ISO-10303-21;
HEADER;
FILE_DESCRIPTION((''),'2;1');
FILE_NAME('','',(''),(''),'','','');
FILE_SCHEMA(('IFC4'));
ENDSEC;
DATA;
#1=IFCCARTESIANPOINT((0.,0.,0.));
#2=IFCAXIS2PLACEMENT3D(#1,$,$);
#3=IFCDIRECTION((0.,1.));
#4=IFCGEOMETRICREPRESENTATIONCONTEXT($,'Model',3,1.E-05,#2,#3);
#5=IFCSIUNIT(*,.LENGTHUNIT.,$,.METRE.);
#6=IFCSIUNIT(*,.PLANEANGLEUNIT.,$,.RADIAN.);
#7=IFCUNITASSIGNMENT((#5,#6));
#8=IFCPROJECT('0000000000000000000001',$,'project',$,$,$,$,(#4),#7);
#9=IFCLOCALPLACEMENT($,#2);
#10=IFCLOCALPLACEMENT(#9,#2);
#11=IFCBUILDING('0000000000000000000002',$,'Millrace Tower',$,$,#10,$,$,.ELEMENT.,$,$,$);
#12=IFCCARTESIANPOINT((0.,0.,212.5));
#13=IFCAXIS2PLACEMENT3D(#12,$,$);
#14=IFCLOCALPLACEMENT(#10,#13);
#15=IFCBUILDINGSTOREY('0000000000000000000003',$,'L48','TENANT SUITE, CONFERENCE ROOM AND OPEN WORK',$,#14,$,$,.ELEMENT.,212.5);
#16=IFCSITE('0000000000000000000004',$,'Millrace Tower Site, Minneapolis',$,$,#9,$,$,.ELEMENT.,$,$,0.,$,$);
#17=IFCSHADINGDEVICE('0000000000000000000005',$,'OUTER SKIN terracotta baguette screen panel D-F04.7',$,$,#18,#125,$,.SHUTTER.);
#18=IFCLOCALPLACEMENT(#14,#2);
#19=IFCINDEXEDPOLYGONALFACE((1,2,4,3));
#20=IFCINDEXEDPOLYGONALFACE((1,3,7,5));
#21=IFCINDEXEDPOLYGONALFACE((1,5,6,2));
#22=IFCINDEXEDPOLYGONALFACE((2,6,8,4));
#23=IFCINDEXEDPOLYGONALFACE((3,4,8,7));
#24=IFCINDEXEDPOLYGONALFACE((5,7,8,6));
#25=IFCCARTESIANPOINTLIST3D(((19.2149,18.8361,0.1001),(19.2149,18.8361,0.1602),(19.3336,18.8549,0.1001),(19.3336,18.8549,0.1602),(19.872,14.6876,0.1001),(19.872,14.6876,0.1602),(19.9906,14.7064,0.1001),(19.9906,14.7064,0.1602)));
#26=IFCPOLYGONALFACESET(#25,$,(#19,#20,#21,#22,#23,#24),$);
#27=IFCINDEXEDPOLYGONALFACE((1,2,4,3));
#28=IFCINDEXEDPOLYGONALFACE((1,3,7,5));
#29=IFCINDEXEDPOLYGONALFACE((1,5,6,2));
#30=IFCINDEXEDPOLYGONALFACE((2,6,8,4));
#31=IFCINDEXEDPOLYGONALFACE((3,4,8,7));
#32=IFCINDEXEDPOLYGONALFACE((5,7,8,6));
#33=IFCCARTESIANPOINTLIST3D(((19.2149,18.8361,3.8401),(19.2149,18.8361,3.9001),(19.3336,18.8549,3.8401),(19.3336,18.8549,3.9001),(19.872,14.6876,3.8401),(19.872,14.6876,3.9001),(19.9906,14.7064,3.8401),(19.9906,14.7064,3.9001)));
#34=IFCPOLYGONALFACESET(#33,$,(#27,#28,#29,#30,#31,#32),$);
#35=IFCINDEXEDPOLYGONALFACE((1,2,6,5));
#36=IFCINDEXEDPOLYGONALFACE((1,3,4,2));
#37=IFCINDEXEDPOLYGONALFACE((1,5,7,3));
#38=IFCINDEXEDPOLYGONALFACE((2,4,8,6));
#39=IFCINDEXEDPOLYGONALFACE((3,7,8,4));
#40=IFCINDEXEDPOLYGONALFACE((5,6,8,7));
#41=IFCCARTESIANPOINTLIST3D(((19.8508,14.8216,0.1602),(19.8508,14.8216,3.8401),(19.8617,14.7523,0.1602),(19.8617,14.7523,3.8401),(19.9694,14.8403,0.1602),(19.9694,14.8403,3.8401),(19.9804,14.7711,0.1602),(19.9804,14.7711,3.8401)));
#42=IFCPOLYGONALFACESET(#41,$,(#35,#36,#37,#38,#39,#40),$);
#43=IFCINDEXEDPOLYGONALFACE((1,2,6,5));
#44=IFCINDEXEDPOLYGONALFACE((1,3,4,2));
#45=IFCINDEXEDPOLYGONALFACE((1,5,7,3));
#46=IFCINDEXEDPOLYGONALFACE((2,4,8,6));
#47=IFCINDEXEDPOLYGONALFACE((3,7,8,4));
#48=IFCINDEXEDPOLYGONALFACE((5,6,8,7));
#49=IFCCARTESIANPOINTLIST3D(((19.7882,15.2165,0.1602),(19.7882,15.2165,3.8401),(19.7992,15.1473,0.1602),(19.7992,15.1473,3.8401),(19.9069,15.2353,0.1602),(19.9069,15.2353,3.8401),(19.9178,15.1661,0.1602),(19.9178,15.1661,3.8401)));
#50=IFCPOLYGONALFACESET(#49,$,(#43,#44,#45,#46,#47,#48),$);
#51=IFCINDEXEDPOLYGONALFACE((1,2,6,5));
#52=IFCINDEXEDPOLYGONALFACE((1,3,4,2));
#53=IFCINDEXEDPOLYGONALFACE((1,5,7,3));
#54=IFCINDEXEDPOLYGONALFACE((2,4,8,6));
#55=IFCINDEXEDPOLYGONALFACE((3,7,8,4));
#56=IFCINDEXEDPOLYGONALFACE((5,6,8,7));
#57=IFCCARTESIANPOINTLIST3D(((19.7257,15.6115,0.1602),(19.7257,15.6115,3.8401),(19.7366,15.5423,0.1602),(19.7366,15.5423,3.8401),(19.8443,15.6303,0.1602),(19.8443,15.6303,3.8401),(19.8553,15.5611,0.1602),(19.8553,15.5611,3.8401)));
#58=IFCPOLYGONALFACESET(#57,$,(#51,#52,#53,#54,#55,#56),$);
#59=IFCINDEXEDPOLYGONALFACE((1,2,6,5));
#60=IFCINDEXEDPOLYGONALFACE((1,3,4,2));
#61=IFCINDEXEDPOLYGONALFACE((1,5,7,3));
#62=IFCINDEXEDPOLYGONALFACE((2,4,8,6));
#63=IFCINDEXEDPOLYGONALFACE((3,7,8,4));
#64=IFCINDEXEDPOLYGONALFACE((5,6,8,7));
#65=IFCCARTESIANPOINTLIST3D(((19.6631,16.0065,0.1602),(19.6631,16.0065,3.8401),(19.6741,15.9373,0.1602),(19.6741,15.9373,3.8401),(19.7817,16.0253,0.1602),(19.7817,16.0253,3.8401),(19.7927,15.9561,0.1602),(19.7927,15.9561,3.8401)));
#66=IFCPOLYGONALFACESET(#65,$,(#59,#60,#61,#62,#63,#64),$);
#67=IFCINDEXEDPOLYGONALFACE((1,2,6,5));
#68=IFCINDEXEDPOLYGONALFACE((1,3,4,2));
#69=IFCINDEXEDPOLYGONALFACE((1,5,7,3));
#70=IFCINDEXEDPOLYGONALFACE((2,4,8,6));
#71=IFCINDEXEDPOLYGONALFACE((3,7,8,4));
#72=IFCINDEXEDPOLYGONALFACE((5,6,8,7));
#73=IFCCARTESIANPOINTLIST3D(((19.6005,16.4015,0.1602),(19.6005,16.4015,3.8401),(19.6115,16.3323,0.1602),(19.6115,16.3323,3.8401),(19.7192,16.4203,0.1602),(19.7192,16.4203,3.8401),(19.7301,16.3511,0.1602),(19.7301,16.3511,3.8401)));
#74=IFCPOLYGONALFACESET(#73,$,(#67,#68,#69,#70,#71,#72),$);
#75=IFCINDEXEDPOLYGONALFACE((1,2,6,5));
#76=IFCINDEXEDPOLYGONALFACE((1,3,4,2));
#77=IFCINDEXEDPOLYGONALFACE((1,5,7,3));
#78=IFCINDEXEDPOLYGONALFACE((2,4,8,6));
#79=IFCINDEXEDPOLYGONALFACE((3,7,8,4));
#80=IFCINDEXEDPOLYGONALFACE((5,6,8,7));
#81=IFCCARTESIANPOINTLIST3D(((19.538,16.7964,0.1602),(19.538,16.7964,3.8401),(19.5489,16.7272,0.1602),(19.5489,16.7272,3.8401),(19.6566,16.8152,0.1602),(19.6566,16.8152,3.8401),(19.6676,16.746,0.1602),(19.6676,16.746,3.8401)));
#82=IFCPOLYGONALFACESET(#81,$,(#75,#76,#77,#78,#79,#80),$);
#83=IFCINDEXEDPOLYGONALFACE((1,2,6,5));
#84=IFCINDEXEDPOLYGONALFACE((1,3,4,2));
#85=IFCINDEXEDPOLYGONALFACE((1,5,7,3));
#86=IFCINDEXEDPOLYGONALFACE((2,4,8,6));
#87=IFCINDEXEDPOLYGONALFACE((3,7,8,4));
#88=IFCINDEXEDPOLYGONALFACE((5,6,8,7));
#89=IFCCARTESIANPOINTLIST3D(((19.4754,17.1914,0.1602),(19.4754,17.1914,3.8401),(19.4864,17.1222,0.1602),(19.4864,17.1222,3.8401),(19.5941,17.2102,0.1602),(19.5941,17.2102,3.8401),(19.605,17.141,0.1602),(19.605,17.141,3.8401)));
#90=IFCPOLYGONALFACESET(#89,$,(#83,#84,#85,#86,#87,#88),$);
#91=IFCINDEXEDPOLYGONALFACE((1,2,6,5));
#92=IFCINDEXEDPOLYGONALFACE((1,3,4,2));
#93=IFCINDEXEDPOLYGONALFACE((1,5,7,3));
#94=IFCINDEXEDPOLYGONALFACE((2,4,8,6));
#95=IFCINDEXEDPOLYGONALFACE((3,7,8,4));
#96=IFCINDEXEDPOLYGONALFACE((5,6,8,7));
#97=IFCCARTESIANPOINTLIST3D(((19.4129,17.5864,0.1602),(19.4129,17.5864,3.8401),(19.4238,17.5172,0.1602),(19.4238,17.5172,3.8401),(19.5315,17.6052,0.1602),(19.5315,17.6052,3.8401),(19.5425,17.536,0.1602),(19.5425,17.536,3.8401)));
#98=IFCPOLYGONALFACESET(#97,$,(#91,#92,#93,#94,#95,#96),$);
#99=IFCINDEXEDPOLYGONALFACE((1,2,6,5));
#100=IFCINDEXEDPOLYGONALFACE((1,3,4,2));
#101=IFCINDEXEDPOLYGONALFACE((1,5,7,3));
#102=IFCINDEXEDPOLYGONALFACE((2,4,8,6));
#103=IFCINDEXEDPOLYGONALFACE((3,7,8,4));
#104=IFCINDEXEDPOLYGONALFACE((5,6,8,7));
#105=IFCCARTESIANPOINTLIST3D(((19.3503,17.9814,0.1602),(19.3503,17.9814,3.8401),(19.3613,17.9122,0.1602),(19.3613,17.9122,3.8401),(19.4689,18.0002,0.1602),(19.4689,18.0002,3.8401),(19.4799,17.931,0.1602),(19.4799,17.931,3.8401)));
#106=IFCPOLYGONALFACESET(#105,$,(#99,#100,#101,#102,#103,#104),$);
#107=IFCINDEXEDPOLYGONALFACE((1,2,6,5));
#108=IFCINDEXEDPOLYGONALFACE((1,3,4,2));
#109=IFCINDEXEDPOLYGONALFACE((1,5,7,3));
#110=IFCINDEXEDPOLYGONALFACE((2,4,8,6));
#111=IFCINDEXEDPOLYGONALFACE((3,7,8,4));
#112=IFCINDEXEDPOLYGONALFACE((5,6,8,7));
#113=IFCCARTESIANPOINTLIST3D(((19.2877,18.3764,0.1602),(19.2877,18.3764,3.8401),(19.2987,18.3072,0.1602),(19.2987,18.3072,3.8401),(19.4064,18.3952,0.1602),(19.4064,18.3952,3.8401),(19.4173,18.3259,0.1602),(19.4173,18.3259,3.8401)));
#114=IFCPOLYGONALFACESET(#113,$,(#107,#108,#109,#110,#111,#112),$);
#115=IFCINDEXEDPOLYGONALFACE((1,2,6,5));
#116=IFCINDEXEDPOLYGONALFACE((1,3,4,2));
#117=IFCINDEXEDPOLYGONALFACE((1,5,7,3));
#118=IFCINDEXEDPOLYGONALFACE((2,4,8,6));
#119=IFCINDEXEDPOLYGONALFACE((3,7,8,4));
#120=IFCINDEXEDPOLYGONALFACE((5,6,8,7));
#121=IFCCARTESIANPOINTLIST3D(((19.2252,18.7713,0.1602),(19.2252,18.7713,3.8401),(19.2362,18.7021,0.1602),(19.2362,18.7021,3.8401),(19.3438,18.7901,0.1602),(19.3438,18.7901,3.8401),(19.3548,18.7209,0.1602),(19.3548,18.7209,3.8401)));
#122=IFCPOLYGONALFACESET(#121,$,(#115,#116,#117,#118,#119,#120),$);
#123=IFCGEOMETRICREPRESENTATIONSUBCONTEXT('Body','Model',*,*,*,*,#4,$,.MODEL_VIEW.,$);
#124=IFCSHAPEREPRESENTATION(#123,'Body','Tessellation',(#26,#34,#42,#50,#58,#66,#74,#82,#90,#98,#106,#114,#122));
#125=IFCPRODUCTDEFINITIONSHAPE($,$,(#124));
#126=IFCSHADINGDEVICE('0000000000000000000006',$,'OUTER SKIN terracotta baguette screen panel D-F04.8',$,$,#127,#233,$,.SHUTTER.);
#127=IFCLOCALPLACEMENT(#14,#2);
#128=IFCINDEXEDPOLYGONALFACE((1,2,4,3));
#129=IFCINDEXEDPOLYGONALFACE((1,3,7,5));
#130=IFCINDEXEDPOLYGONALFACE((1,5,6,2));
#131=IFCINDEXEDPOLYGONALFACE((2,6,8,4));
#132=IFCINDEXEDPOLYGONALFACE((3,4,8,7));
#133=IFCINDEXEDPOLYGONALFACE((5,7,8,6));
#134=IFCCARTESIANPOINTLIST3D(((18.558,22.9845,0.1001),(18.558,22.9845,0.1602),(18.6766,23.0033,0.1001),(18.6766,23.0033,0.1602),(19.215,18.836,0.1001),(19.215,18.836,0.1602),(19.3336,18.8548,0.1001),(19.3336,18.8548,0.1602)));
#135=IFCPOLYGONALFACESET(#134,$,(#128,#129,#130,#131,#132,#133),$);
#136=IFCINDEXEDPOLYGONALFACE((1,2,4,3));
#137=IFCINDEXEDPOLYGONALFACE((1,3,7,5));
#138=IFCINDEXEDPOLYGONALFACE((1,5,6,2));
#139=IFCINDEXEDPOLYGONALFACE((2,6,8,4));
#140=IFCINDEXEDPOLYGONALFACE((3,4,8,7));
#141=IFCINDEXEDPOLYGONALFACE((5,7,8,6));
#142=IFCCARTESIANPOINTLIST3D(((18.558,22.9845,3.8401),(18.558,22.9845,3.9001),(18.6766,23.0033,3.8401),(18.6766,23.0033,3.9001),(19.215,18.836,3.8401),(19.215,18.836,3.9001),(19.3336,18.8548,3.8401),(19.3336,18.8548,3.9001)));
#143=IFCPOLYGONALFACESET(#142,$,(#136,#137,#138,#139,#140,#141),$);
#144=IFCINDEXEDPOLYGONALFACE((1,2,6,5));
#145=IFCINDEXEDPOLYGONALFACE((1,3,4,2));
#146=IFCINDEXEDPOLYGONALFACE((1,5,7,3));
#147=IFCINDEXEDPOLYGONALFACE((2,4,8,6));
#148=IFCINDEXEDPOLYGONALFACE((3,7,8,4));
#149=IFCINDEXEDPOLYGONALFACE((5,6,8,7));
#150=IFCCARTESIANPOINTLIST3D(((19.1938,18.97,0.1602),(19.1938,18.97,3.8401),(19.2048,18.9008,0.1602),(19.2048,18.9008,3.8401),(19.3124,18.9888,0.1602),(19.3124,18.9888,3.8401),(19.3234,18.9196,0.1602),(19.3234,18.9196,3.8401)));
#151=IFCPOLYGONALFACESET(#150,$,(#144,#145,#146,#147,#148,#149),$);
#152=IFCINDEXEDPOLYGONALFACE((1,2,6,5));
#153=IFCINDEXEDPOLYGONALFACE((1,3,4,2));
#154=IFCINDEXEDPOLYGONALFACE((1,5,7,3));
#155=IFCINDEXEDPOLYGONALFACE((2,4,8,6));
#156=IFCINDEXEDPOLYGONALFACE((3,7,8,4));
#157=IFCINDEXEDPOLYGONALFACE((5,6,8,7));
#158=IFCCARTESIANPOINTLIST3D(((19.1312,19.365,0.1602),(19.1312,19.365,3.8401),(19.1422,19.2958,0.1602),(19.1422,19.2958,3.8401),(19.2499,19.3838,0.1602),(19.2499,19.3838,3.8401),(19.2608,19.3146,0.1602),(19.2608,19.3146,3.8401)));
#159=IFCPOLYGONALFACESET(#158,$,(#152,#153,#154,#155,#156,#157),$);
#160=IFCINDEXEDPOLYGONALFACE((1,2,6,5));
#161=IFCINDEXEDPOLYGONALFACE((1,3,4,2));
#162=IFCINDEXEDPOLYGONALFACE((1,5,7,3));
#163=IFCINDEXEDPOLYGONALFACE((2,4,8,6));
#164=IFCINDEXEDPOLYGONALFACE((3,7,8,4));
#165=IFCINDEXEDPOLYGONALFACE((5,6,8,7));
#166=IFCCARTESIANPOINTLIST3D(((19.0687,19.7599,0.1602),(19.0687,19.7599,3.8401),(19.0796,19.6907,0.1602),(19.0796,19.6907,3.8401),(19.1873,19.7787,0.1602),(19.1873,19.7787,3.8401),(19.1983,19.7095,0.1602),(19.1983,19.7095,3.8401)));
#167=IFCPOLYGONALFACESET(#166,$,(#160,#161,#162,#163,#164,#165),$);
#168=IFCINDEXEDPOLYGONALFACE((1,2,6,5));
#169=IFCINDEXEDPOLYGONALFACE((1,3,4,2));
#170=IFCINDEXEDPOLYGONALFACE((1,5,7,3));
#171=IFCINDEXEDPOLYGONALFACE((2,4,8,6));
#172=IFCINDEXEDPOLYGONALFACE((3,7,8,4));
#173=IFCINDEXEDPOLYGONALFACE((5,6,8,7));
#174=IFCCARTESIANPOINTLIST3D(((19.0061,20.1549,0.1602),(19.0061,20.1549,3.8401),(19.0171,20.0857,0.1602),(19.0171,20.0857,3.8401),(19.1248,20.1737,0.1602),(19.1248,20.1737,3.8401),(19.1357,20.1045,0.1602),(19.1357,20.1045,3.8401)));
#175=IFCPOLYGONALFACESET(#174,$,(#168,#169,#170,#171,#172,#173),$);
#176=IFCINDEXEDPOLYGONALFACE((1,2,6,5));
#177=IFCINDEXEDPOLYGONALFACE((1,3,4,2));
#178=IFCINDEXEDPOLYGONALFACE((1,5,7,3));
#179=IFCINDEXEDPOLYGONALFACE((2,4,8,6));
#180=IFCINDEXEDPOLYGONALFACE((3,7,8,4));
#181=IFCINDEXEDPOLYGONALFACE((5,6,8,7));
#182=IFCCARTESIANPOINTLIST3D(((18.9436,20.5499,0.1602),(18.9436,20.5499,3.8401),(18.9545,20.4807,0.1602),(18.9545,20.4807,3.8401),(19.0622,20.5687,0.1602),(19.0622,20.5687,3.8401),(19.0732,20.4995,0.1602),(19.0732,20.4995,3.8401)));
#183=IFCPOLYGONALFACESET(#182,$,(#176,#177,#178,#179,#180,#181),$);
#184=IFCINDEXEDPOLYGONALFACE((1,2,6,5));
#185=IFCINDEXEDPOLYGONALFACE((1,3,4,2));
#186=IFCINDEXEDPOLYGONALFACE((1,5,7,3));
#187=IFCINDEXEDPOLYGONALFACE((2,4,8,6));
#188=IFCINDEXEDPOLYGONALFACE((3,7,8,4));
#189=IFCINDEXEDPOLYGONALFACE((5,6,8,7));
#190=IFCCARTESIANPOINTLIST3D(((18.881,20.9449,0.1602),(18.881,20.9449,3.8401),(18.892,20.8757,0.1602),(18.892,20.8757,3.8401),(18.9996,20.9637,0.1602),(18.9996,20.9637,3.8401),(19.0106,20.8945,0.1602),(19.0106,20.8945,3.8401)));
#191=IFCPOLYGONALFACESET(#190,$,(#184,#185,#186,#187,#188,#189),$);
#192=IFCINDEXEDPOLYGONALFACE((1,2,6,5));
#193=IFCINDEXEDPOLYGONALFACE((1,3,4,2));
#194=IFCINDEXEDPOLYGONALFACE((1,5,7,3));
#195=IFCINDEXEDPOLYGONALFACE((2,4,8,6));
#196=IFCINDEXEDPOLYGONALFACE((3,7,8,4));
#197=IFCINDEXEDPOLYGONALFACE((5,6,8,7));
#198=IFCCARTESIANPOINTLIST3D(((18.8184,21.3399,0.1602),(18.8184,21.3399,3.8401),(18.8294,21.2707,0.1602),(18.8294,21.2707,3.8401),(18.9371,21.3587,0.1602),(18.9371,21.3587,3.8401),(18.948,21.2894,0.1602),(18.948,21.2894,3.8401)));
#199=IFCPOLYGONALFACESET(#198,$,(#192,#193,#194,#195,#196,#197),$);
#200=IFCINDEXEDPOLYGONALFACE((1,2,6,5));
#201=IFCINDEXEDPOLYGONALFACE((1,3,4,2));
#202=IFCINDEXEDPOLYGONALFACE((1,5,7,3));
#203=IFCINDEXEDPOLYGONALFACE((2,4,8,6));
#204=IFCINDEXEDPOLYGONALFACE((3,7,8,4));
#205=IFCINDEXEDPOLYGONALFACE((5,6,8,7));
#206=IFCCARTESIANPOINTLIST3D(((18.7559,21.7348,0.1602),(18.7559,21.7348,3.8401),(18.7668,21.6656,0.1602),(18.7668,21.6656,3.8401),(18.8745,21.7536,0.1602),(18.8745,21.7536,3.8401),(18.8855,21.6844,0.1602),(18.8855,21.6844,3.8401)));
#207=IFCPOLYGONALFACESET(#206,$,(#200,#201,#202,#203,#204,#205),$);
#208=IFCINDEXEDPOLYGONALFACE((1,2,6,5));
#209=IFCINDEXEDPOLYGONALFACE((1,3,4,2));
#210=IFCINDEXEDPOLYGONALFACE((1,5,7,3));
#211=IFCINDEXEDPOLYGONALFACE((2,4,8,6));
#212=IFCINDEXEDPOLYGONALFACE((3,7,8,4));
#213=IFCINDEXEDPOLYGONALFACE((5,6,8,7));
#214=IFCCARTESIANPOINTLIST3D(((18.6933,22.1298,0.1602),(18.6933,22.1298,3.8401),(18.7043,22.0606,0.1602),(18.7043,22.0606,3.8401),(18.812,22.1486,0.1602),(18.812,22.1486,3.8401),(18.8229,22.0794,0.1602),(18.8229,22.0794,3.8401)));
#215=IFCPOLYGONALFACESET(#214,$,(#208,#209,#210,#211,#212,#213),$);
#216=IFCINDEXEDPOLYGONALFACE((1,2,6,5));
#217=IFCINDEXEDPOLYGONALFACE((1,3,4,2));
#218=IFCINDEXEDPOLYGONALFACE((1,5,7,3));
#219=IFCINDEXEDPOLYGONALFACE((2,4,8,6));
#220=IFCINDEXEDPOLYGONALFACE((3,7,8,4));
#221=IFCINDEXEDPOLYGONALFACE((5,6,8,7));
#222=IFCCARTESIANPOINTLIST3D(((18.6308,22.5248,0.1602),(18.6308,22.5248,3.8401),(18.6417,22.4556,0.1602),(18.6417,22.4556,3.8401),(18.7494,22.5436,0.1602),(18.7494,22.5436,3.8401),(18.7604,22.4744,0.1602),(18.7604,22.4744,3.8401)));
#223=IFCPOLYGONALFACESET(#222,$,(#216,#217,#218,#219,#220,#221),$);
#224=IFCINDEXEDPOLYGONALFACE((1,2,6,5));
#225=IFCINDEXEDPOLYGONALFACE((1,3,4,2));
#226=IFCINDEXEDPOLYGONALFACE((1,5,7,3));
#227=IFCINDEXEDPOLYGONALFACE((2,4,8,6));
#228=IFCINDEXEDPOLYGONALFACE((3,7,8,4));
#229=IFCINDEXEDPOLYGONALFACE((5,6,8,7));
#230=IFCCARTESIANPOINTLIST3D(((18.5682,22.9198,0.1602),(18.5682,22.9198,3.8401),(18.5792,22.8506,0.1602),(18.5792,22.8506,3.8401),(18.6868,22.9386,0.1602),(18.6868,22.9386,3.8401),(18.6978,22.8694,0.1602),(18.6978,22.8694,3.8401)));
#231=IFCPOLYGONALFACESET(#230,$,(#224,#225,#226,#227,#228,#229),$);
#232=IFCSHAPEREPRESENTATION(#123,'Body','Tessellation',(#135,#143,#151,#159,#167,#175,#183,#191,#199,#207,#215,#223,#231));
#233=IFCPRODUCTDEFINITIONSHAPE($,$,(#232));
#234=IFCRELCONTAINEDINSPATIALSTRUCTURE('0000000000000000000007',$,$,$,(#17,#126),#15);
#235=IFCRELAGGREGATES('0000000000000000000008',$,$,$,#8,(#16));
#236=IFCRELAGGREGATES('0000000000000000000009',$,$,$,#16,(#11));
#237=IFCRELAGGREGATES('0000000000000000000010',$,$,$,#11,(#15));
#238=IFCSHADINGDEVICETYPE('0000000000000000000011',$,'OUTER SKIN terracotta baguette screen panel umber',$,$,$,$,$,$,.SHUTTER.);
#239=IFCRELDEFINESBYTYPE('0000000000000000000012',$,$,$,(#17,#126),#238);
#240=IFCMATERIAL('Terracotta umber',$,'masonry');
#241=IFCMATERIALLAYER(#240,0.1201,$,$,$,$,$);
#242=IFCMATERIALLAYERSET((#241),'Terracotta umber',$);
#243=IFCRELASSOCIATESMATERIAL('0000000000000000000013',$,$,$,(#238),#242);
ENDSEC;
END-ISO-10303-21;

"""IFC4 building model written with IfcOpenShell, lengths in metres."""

from ifc_helpers import new_model, entity, si_unit, direction, frame, frame_2d, origin, origin_2d, place, context, subcontext, project, spatial, rectangle, extrude, source, transform, mapped, material, layer, layer_set, type_object, element, save


model = new_model("IFC4")

# Units and contexts
model_context = context("Model", 3, precision=1e-05, world=origin(), true_north=direction((0.0, 1.0)))
body_context = subcontext(model_context, "Body", "Model", "MODEL_VIEW")
ifc_project = project(units=[si_unit("LENGTHUNIT", "METRE"), si_unit("PLANEANGLEUNIT", "RADIAN")], contexts=[model_context])

# Site, building, storey
site_placement = place(None, origin())
site = spatial("IfcSite", under=ifc_project, at=site_placement, Name="Millrace Tower Site, Minneapolis", CompositionType="ELEMENT", RefElevation=0.0)
building_placement = place(site_placement, origin())
building = spatial("IfcBuilding", under=site, at=building_placement, Name="Millrace Tower", CompositionType="ELEMENT")
storey_placement = place(building_placement, frame((0.0, 0.0, 212.5)))
storey = spatial("IfcBuildingStorey", under=building, at=storey_placement, Name="L48", Description="TENANT SUITE, CONFERENCE ROOM AND OPEN WORK", CompositionType="ELEMENT", Elevation=212.5)

# Shading devices
ifc_material_1 = material(Name="Terracotta umber", Category="masonry")
ifc_layer_1 = layer(ifc_material_1, 0.1201)
ifc_layer_set_1 = layer_set([ifc_layer_1], Name="Terracotta umber")
shading_device_type = type_object("IfcShadingDeviceType", Name="OUTER SKIN terracotta baguette screen panel umber", PredefinedType="SHUTTER", material=ifc_layer_set_1)
cartesian_point = entity("IfcCartesianPoint", [-2.1001, 0.0601])
shared_polyline = entity("IfcPolyline", [cartesian_point, entity("IfcCartesianPoint", [2.1001, 0.0601]), entity("IfcCartesianPoint", [2.1001, -0.0601]), entity("IfcCartesianPoint", [-2.1001, -0.0601]), cartesian_point])
shared_shape = source(origin(), body_context, "Body", "SweptSolid", [
    entity("IfcExtrudedAreaSolid", entity("IfcArbitraryClosedProfileDef", "AREA", None, shared_polyline), entity("IfcAxis2Placement3D", entity("IfcCartesianPoint", [0.0, 0.0, 0.0])), entity("IfcDirection", [0.0, 0.0, 1.0]), 0.0601),
    entity("IfcExtrudedAreaSolid", entity("IfcArbitraryClosedProfileDef", "AREA", None, shared_polyline), entity("IfcAxis2Placement3D", entity("IfcCartesianPoint", [0.0, 0.0, 3.74])), entity("IfcDirection", [0.0, 0.0, 1.0]), 0.0601),
    extrude(rectangle(XDim=0.0701, YDim=0.1201, at=frame_2d((-1.9995, 0.0))), frame((0.0, 0.0, 0.0601)), (0.0, 0.0, 1.0), 3.6799),
    extrude(rectangle(XDim=0.0701, YDim=0.1201, at=frame_2d((-1.5996, 0.0))), frame((0.0, 0.0, 0.0601)), (0.0, 0.0, 1.0), 3.6799),
    extrude(rectangle(XDim=0.0701, YDim=0.1201, at=frame_2d((-1.1997, 0.0))), frame((0.0, 0.0, 0.0601)), (0.0, 0.0, 1.0), 3.6799),
    extrude(rectangle(XDim=0.0701, YDim=0.1201, at=frame_2d((-0.7998, 0.0))), frame((0.0, 0.0, 0.0601)), (0.0, 0.0, 1.0), 3.6799),
    extrude(rectangle(XDim=0.0701, YDim=0.1201, at=frame_2d((-0.3999, 0.0))), frame((0.0, 0.0, 0.0601)), (0.0, 0.0, 1.0), 3.6799),
    extrude(rectangle(XDim=0.0701, YDim=0.1201, at=origin_2d()), frame((0.0, 0.0, 0.0601)), (0.0, 0.0, 1.0), 3.6799),
    extrude(rectangle(XDim=0.0701, YDim=0.1201, at=frame_2d((0.3999, 0.0))), frame((0.0, 0.0, 0.0601)), (0.0, 0.0, 1.0), 3.6799),
    extrude(rectangle(XDim=0.0701, YDim=0.1201, at=frame_2d((0.7998, 0.0))), frame((0.0, 0.0, 0.0601)), (0.0, 0.0, 1.0), 3.6799),
    extrude(rectangle(XDim=0.0701, YDim=0.1201, at=frame_2d((1.1997, 0.0))), frame((0.0, 0.0, 0.0601)), (0.0, 0.0, 1.0), 3.6799),
    extrude(rectangle(XDim=0.0701, YDim=0.1201, at=frame_2d((1.5996, 0.0))), frame((0.0, 0.0, 0.0601)), (0.0, 0.0, 1.0), 3.6799),
    extrude(rectangle(XDim=0.0701, YDim=0.1201, at=frame_2d((1.9995, 0.0))), frame((0.0, 0.0, 0.0601)), (0.0, 0.0, 1.0), 3.6799),
])
for number, where, z_axis, x_axis, name in (
    (1, (19.6028, 16.7712, 0.1001), (0.0, 0.0, 1.0), (-0.156434, 0.987688, 0.0), "OUTER SKIN terracotta baguette screen panel D-F04.7"),
    (2, (18.9458, 20.9197, 0.1001), (0.0, 0.0, 1.0), (-0.156434, 0.987688, 0.0), "OUTER SKIN terracotta baguette screen panel D-F04.8"),
):
    element("IfcShadingDevice", number, at=place(storey_placement, frame(where, z_axis=z_axis, x_axis=x_axis)), inside=storey, type_object=shading_device_type, Name=name, PredefinedType="SHUTTER", context=body_context, shape_type="MappedRepresentation", body=[
        mapped(shared_shape, transform((0.0, 0.0, 0.0), scale=1.0)),
    ])

save(model, "model.ifc")
